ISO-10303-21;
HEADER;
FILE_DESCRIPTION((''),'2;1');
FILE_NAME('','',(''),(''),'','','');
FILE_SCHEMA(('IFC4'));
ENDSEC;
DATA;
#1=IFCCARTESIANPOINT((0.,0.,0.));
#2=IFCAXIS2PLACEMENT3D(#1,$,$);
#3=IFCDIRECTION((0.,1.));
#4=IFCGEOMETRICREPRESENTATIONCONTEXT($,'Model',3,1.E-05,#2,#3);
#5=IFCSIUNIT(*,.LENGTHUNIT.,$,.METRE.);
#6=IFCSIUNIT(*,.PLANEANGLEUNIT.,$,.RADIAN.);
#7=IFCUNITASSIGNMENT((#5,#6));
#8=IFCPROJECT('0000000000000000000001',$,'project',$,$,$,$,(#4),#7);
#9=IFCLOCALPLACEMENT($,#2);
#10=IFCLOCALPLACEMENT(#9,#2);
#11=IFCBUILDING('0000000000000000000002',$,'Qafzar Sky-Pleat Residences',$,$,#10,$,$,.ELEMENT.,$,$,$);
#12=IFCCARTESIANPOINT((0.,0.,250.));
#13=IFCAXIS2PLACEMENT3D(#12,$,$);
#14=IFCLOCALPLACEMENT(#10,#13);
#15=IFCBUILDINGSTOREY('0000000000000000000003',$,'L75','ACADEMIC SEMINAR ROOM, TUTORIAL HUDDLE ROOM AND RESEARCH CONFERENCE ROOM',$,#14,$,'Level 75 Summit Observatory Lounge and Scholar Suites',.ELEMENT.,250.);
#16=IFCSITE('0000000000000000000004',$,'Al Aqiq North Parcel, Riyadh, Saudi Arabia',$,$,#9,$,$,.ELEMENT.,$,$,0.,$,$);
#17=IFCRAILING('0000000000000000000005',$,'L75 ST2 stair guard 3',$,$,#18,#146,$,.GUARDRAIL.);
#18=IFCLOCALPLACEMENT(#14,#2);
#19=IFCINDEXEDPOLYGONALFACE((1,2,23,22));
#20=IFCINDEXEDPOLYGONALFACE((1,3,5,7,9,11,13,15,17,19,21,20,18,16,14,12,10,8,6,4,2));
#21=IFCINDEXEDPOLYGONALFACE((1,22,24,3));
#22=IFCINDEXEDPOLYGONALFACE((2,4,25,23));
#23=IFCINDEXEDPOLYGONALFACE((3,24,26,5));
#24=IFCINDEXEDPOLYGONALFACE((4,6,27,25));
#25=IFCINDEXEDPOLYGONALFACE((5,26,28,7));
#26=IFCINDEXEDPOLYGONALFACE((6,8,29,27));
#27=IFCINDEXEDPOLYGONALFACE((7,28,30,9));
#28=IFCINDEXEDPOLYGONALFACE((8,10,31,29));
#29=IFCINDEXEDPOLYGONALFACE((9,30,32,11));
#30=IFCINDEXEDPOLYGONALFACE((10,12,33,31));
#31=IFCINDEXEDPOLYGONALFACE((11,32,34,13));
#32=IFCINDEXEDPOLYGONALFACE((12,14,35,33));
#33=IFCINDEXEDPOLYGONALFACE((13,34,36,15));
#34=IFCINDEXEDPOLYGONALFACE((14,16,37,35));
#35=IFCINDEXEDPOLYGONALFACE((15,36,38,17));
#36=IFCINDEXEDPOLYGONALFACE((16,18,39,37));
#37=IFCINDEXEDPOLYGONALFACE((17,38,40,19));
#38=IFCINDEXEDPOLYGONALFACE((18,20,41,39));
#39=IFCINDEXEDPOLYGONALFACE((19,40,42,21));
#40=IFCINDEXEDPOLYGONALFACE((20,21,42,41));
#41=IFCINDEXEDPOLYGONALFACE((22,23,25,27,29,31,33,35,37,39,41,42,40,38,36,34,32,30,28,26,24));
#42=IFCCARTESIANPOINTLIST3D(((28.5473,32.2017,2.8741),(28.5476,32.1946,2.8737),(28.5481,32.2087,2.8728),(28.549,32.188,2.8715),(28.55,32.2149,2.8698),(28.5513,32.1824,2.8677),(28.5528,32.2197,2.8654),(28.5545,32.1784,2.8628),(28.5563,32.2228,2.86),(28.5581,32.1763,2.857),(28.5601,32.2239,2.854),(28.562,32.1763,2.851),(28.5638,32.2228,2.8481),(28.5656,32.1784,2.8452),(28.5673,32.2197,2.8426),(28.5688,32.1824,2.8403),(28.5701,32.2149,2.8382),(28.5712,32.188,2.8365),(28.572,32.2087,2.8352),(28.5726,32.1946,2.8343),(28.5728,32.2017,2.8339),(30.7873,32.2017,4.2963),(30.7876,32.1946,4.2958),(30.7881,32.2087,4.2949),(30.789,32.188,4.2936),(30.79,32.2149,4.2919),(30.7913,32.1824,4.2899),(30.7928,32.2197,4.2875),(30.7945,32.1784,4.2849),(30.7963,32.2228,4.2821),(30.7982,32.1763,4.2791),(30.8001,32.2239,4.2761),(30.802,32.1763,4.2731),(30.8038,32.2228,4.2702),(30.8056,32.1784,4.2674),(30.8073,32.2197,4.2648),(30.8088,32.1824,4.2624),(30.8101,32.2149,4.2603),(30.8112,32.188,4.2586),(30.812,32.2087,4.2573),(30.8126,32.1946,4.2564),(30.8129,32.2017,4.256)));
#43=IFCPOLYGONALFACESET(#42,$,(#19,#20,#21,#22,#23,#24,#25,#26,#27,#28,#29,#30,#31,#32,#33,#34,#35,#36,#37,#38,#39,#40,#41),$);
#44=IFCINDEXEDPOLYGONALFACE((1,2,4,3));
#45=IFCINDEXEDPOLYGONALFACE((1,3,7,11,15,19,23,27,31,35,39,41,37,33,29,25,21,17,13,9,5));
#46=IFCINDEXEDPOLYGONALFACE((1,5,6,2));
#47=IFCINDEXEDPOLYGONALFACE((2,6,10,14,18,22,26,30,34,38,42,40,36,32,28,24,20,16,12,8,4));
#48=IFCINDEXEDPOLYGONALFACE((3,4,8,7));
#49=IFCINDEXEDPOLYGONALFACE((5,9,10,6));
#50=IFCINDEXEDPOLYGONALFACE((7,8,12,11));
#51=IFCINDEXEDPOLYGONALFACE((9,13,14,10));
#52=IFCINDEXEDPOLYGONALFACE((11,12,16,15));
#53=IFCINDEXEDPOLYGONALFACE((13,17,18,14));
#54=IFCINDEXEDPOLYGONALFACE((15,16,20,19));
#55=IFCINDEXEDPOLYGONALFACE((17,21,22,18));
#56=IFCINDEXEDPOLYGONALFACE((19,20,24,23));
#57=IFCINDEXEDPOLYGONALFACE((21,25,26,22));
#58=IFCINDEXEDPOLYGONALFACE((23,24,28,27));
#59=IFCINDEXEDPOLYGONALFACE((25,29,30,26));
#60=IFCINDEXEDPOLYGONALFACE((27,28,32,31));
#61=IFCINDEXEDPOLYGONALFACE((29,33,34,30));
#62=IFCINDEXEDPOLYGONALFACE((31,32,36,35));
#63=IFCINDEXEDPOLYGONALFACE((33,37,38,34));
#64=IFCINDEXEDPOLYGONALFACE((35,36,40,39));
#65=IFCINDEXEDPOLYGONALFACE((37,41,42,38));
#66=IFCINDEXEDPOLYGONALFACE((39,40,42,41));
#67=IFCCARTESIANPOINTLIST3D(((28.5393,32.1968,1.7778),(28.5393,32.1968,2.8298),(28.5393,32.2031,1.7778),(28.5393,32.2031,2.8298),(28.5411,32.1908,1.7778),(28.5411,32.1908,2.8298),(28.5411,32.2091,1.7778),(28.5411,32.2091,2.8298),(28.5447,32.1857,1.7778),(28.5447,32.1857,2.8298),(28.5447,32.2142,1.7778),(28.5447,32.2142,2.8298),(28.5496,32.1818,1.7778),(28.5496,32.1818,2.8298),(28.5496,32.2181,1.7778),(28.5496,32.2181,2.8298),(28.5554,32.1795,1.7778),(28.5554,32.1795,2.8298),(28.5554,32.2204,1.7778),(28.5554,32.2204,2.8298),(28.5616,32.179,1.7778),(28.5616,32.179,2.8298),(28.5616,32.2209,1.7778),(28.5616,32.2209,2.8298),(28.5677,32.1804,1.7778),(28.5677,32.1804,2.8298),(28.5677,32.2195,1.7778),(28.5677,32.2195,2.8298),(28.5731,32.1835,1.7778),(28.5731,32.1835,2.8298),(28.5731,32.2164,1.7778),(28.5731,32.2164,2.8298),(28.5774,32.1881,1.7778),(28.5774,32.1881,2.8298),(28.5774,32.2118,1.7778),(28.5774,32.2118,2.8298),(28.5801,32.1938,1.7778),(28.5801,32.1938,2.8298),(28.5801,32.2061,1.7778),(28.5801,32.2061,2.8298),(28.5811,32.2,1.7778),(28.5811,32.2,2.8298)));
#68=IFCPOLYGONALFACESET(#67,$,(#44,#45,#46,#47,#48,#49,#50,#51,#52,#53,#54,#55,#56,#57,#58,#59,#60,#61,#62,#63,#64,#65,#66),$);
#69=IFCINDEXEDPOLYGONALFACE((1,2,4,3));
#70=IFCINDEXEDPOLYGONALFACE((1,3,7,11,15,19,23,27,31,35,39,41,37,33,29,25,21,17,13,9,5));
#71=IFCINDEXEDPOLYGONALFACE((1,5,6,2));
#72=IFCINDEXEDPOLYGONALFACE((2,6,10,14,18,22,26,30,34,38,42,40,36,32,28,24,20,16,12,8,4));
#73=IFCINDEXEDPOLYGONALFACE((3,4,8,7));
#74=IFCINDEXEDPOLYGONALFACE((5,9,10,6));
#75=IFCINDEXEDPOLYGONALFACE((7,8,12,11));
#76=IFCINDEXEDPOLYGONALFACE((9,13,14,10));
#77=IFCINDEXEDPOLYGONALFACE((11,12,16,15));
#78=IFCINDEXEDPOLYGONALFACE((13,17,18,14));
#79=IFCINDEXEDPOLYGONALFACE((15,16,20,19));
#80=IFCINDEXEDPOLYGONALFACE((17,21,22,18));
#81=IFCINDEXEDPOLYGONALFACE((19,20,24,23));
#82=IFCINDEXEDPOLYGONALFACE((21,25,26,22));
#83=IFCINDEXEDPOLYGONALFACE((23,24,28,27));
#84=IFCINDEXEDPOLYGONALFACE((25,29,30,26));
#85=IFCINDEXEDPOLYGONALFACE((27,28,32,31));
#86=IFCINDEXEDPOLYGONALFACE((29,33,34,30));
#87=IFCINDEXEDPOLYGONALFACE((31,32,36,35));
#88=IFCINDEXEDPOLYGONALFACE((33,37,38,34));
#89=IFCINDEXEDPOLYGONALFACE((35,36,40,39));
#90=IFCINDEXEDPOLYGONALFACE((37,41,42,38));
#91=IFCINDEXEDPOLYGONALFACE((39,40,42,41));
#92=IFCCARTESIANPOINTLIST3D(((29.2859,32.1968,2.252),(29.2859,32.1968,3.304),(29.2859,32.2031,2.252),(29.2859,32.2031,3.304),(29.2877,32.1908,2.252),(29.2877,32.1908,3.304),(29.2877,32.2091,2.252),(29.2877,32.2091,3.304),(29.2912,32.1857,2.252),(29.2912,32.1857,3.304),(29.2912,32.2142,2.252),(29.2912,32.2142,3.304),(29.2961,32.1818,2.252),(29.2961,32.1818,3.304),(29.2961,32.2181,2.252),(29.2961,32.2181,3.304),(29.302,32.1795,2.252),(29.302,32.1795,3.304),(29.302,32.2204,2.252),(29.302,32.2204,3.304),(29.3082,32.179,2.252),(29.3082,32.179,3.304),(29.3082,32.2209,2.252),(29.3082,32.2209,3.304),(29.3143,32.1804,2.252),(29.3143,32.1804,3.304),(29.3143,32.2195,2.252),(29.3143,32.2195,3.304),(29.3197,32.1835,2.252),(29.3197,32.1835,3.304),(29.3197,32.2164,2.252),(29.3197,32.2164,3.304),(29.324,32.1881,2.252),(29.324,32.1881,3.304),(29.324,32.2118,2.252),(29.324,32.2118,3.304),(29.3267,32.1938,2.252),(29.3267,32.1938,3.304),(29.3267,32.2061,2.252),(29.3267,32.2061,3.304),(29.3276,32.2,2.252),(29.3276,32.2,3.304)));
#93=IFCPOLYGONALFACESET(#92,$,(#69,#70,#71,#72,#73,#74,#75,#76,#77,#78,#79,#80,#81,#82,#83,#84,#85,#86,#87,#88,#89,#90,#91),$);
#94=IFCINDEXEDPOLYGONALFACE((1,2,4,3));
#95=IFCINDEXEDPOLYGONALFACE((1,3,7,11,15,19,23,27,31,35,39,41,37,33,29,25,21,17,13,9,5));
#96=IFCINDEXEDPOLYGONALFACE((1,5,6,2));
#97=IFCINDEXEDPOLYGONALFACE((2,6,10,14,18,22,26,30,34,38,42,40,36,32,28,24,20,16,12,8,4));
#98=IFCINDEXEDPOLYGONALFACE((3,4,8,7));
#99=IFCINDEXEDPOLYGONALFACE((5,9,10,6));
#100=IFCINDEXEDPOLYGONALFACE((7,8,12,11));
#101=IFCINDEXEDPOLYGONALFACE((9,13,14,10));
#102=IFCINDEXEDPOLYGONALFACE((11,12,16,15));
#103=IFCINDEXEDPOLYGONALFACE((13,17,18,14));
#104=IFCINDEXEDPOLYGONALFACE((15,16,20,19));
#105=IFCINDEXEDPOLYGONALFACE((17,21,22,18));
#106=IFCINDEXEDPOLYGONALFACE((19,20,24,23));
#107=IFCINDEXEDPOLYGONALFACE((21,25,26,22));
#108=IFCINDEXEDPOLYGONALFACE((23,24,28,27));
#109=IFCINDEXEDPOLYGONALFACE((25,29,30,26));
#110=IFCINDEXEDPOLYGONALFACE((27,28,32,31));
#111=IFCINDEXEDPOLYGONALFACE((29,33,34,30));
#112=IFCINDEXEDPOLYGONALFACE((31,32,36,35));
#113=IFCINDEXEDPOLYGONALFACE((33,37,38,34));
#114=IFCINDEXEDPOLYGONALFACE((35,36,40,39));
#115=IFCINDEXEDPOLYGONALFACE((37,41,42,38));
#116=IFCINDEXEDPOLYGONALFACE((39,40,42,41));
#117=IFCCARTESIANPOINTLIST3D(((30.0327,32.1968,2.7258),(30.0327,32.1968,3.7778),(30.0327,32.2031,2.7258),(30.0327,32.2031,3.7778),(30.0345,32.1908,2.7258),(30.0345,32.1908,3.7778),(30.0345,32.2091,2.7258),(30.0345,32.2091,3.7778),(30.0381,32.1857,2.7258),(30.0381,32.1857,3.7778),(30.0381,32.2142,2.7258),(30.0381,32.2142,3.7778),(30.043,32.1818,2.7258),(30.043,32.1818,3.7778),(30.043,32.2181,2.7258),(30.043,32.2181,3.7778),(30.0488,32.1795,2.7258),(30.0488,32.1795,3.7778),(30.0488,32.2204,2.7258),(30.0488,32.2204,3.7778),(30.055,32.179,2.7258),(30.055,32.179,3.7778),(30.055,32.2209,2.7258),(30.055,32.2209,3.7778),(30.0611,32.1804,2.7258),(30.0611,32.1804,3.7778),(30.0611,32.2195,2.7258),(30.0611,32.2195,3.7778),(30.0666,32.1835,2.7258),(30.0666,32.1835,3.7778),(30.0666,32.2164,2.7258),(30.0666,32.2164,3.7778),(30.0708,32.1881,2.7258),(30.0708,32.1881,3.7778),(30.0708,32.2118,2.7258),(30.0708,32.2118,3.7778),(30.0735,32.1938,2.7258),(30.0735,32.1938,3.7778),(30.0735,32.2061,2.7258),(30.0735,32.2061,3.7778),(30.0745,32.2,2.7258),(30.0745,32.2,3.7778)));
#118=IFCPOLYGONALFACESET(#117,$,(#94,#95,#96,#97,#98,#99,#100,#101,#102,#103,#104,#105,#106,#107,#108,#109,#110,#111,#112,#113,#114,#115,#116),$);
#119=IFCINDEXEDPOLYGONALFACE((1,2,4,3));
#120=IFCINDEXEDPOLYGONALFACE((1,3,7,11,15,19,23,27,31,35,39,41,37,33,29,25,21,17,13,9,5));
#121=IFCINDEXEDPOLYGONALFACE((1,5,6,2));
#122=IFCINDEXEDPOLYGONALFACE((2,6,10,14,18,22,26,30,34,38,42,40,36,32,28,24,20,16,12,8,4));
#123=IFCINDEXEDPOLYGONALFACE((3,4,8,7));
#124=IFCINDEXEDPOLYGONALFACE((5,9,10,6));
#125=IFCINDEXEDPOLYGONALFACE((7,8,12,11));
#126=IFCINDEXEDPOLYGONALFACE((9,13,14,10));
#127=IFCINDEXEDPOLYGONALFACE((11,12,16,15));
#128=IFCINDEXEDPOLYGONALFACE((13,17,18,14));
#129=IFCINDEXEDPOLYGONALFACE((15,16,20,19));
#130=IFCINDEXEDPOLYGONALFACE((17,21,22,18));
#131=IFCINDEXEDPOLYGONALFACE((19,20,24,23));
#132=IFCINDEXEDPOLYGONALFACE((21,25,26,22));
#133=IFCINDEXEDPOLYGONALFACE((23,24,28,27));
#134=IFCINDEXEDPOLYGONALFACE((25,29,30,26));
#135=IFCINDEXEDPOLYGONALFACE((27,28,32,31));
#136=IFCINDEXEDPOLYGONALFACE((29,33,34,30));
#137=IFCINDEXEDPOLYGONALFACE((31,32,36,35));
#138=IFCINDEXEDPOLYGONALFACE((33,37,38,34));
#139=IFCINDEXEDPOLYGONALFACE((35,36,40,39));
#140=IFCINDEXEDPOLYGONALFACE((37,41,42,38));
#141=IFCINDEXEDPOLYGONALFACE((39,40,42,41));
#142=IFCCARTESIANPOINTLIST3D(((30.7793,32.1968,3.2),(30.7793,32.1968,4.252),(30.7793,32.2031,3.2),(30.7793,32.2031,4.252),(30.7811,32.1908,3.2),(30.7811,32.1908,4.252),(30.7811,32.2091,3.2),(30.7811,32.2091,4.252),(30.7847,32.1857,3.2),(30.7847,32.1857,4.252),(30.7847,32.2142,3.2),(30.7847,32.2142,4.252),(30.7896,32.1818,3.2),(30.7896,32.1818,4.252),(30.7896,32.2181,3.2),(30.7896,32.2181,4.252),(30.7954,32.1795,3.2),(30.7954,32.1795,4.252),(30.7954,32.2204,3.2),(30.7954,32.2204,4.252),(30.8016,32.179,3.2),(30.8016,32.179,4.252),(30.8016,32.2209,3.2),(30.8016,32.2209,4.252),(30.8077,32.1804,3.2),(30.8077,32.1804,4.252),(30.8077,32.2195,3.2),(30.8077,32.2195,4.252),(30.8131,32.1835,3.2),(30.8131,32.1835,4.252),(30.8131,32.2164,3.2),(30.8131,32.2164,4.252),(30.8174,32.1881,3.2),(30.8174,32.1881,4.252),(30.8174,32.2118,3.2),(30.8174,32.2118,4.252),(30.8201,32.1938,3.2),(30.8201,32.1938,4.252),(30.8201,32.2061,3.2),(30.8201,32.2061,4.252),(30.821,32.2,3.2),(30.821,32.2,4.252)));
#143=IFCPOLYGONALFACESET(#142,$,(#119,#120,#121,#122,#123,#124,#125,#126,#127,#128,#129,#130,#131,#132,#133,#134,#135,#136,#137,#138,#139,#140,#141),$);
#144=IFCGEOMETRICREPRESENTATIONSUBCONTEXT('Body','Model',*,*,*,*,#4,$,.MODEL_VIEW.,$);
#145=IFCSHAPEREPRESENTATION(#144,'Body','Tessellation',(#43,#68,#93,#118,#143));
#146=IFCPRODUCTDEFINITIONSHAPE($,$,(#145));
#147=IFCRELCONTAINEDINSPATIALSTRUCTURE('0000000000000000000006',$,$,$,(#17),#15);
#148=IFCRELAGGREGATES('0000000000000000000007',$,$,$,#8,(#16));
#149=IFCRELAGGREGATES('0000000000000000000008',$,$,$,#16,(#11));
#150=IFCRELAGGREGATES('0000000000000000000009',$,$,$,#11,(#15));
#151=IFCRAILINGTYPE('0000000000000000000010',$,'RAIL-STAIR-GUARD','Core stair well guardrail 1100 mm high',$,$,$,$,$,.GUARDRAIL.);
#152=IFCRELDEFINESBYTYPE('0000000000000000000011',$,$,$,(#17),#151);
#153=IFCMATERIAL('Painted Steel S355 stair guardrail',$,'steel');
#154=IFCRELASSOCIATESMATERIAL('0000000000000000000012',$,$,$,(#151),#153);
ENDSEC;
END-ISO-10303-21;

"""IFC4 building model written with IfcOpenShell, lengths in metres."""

from ifc_helpers import new_model, si_unit, direction, frame, origin, origin_2d, place, context, subcontext, project, spatial, circle, extrude, source, transform, mapped, material, type_object, element, save


model = new_model("IFC4")

# Units and contexts
model_context = context("Model", 3, precision=1e-05, world=origin(), true_north=direction((0.0, 1.0)))
body_context = subcontext(model_context, "Body", "Model", "MODEL_VIEW")
ifc_project = project(units=[si_unit("LENGTHUNIT", "METRE"), si_unit("PLANEANGLEUNIT", "RADIAN")], contexts=[model_context])

# Site, building, storey
site_placement = place(None, origin())
site = spatial("IfcSite", under=ifc_project, at=site_placement, Name="Al Aqiq North Parcel, Riyadh, Saudi Arabia", CompositionType="ELEMENT", RefElevation=0.0)
building_placement = place(site_placement, origin())
building = spatial("IfcBuilding", under=site, at=building_placement, Name="Qafzar Sky-Pleat Residences", CompositionType="ELEMENT")
storey_placement = place(building_placement, frame((0.0, 0.0, 250.0)))
storey = spatial("IfcBuildingStorey", under=building, at=storey_placement, Name="L75", Description="ACADEMIC SEMINAR ROOM, TUTORIAL HUDDLE ROOM AND RESEARCH CONFERENCE ROOM", LongName="Level 75 Summit Observatory Lounge and Scholar Suites", CompositionType="ELEMENT", Elevation=250.0)

# Railing
ifc_material_1 = material(Name="Painted Steel S355 stair guardrail", Category="steel")
railing_type_1 = type_object("IfcRailingType", Name="RAIL-STAIR-GUARD", Description="Core stair well guardrail 1100 mm high", PredefinedType="GUARDRAIL", material=ifc_material_1)
shared_shape_1 = source(origin(), body_context, "Body", "SweptSolid", [
    extrude(circle(Radius=0.0239, at=origin_2d()), frame((0.0, 0.0, 1.0762), z_axis=(0.844229, 0.0, 0.535982), x_axis=(0.0, 1.0, 0.0)), (0.0, 0.0, 1.0), 2.6533),
    extrude(circle(Radius=0.021, at=origin_2d()), origin(), (0.0, 0.0, 1.0), 1.052),
    extrude(circle(Radius=0.021, at=origin_2d()), frame((0.7466, 0.0, 0.4741)), (0.0, 0.0, 1.0), 1.052),
    extrude(circle(Radius=0.021, at=origin_2d()), frame((1.4934, 0.0, 0.948)), (0.0, 0.0, 1.0), 1.052),
    extrude(circle(Radius=0.021, at=origin_2d()), frame((2.24, 0.0, 1.4221)), (0.0, 0.0, 1.0), 1.052),
])
railing_1_placement = place(storey_placement, frame((28.5601, 32.2, 1.7778)))
element("IfcRailing", 1, at=railing_1_placement, inside=storey, type_object=railing_type_1, Name="L75 ST2 stair guard 3", PredefinedType="GUARDRAIL", context=body_context, shape_type="MappedRepresentation", body=[
    mapped(shared_shape_1, transform((0.0, 0.0, 0.0), x_axis=(1.0, 0.0, 0.0), y_axis=(0.0, 1.0, 0.0), z_axis=(0.0, 0.0, 1.0), scale=1.0)),
])

save(model, "model.ifc")
